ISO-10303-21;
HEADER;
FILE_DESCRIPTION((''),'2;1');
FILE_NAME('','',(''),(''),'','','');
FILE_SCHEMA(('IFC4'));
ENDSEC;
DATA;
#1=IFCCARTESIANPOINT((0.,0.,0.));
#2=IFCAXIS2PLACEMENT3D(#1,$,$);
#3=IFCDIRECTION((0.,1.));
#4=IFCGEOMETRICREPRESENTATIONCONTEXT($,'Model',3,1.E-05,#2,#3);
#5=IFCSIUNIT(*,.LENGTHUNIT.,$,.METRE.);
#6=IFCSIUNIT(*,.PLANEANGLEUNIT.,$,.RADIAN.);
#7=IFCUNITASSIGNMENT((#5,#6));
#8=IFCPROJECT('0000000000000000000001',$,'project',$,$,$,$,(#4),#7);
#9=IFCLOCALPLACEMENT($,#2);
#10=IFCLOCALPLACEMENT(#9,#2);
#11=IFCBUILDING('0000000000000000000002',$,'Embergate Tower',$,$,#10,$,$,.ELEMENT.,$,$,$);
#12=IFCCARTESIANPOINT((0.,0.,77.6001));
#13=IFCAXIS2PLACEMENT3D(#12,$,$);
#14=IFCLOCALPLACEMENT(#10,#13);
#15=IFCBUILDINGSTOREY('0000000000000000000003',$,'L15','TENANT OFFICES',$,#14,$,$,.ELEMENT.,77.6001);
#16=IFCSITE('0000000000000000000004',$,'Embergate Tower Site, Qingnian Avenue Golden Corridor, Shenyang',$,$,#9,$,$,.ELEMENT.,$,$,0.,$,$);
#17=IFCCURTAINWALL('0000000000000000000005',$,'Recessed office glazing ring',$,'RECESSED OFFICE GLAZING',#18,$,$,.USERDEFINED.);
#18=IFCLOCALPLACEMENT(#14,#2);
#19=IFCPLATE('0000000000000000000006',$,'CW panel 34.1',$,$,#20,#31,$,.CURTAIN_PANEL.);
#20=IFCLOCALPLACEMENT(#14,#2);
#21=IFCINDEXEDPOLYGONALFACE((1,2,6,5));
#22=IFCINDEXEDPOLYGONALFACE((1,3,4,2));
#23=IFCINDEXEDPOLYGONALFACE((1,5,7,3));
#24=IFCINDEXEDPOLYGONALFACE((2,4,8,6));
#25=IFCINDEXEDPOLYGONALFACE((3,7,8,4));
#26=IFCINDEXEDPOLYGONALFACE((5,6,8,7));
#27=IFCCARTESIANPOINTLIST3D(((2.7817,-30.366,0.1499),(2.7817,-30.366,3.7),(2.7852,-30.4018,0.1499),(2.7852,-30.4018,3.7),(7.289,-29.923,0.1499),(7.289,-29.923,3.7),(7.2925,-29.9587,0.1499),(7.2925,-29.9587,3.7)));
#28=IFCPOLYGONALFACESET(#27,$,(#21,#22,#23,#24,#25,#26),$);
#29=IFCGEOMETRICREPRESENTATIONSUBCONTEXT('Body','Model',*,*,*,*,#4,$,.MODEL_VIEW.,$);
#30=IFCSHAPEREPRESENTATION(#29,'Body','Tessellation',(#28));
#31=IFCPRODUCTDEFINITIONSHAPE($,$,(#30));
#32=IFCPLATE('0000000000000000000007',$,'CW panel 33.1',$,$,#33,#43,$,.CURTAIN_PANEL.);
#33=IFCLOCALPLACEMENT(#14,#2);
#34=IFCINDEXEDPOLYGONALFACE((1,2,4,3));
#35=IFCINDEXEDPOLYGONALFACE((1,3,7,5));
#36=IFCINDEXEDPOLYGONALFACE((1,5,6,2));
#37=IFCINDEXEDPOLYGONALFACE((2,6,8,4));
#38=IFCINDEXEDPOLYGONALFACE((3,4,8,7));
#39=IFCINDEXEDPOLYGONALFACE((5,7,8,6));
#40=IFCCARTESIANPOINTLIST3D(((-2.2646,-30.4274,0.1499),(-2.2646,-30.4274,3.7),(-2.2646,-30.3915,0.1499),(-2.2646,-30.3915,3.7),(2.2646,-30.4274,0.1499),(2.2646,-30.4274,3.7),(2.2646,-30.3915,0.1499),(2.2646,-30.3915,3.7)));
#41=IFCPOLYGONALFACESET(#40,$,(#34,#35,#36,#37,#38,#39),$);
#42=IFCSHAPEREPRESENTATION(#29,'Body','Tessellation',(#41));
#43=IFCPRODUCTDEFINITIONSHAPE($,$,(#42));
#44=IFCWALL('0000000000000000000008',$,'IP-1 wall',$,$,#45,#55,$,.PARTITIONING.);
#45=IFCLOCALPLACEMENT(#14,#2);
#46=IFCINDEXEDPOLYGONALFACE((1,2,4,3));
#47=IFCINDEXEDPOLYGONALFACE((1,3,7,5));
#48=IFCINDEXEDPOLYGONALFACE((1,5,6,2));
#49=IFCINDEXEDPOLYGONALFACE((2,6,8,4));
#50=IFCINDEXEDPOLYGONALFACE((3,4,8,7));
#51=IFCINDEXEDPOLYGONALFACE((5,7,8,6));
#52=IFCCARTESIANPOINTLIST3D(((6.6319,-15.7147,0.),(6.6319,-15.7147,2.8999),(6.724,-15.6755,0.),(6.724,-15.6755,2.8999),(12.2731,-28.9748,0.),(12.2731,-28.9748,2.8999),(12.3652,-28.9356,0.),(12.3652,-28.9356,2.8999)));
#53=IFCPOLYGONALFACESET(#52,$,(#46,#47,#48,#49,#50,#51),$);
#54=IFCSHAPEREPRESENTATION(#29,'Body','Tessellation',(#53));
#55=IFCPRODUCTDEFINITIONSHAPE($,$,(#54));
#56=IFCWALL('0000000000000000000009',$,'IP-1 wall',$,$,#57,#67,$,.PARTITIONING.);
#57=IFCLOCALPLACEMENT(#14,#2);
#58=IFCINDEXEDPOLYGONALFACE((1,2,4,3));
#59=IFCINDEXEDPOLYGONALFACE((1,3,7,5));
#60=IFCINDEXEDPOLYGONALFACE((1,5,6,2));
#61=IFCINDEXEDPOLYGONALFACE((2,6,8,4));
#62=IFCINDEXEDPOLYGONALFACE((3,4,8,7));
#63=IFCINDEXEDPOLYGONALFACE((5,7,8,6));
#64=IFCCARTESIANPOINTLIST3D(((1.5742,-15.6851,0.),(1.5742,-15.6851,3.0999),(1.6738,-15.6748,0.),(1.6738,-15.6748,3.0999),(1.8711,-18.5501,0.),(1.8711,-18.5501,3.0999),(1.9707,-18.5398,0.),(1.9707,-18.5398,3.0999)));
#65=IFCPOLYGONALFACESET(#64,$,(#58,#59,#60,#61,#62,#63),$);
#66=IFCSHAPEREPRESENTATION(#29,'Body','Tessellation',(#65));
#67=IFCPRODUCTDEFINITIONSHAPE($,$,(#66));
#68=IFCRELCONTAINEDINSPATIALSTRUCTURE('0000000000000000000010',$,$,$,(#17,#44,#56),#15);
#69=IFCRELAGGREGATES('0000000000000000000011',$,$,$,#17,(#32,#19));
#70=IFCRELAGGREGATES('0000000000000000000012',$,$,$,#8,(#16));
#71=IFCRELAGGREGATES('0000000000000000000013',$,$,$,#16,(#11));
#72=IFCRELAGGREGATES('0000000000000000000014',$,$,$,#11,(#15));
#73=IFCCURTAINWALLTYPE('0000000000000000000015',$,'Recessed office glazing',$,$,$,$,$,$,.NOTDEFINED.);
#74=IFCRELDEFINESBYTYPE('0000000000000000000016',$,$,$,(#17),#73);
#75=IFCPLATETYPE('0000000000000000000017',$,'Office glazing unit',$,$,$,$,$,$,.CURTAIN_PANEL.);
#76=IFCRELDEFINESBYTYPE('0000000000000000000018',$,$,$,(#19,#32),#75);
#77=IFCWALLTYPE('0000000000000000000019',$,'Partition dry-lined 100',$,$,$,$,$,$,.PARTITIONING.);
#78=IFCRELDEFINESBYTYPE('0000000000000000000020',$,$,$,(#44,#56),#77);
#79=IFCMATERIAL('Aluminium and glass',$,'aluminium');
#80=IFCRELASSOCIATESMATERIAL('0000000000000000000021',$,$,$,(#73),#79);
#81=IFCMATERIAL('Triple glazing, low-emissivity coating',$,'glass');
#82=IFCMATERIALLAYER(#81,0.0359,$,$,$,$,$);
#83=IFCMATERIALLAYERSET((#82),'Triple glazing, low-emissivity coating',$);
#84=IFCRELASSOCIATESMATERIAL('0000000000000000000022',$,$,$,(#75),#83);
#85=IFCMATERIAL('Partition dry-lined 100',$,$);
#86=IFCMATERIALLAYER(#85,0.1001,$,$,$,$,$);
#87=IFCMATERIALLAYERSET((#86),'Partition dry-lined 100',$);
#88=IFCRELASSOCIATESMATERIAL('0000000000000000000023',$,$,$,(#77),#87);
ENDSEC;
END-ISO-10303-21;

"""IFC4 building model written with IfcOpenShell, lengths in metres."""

from ifc_helpers import new_model, si_unit, direction, frame, frame_2d, origin, origin_2d, place, context, subcontext, project, spatial, rectangle, extrude, source, transform, mapped, material, layer, layer_set, type_object, element, aggregate, save


model = new_model("IFC4")

# Units and contexts
model_context = context("Model", 3, precision=1e-05, world=origin(), true_north=direction((0.0, 1.0)))
body_context = subcontext(model_context, "Body", "Model", "MODEL_VIEW")
ifc_project = project(units=[si_unit("LENGTHUNIT", "METRE"), si_unit("PLANEANGLEUNIT", "RADIAN")], contexts=[model_context])

# Site, building, storey
site_placement = place(None, origin())
site = spatial("IfcSite", under=ifc_project, at=site_placement, Name="Embergate Tower Site, Qingnian Avenue Golden Corridor, Shenyang", CompositionType="ELEMENT", RefElevation=0.0)
building_placement = place(site_placement, origin())
building = spatial("IfcBuilding", under=site, at=building_placement, Name="Embergate Tower", CompositionType="ELEMENT")
storey_placement = place(building_placement, frame((0.0, 0.0, 77.6001)))
storey = spatial("IfcBuildingStorey", under=building, at=storey_placement, Name="L15", Description="TENANT OFFICES", CompositionType="ELEMENT", Elevation=77.6001)

# Curtain wall, plates
ifc_material_1 = material(Name="Aluminium and glass", Category="aluminium")
curtain_wall_type = type_object("IfcCurtainWallType", Name="Recessed office glazing", PredefinedType="NOTDEFINED", material=ifc_material_1)
curtain_wall_placement = place(storey_placement, origin())
curtain_wall = element("IfcCurtainWall", 1, at=curtain_wall_placement, inside=storey, type_object=curtain_wall_type, Name="Recessed office glazing ring", ObjectType="RECESSED OFFICE GLAZING", PredefinedType="USERDEFINED")
ifc_material_2 = material(Name="Triple glazing, low-emissivity coating", Category="glass")
ifc_layer_1 = layer(ifc_material_2, 0.0359)
ifc_layer_set_1 = layer_set([ifc_layer_1], Name="Triple glazing, low-emissivity coating")
plate_type = type_object("IfcPlateType", Name="Office glazing unit", PredefinedType="CURTAIN_PANEL", material=ifc_layer_set_1)
shared_shape_1 = source(origin(), body_context, "Body", "SweptSolid", [
    extrude(rectangle(XDim=4.5291, YDim=0.0359, at=origin_2d()), origin(), (0.0, 0.0, 1.0), 3.55),
])
plate_1_placement = place(storey_placement, frame((5.0371, -30.1624, 0.1499), z_axis=(0.0, 0.0, 1.0), x_axis=(0.995203, 0.097831, 0.0)))
plate_1 = element("IfcPlate", 2, at=plate_1_placement, type_object=plate_type, Name="CW panel 34.1", PredefinedType="CURTAIN_PANEL", context=body_context, shape_type="MappedRepresentation", body=[
    mapped(shared_shape_1, transform((0.0, 0.0, 0.0))),
])
shared_shape_2 = source(origin(), body_context, "Body", "SweptSolid", [
    extrude(rectangle(XDim=4.5293, YDim=0.0359, at=origin_2d()), origin(), (0.0, 0.0, 1.0), 3.55),
])
plate_2_placement = place(storey_placement, frame((0.0, -30.4094, 0.1499), z_axis=(0.0, 0.0, 1.0), x_axis=(1.0, 0.0, 0.0)))
plate_2 = element("IfcPlate", 3, at=plate_2_placement, type_object=plate_type, Name="CW panel 33.1", PredefinedType="CURTAIN_PANEL", context=body_context, shape_type="MappedRepresentation", body=[
    mapped(shared_shape_2, transform((0.0, 0.0, 0.0))),
])
aggregate(curtain_wall, [plate_2, plate_1])

# Walls
ifc_material_3 = material(Name="Partition dry-lined 100")
ifc_layer_2 = layer(ifc_material_3, 0.1001)
ifc_layer_set_2 = layer_set([ifc_layer_2], Name="Partition dry-lined 100")
wall_type = type_object("IfcWallType", Name="Partition dry-lined 100", PredefinedType="PARTITIONING", material=ifc_layer_set_2)
shared_shape_3 = source(origin(), body_context, "Body", "SweptSolid", [
    extrude(rectangle(XDim=14.4102, YDim=0.1001, at=frame_2d((7.2051, 0.0))), origin(), (0.0, 0.0, 1.0), 2.8999),
])
wall_1_placement = place(storey_placement, frame((6.678, -15.6951, 0.0), z_axis=(0.0, 0.0, 1.0), x_axis=(0.39147, -0.920191, 0.0)))
element("IfcWall", 4, at=wall_1_placement, inside=storey, type_object=wall_type, Name="IP-1 wall", PredefinedType="PARTITIONING", context=body_context, shape_type="MappedRepresentation", body=[
    mapped(shared_shape_3, transform((0.0, 0.0, 0.0))),
])
shared_shape_4 = source(origin(), body_context, "Body", "SweptSolid", [
    extrude(rectangle(XDim=2.8804, YDim=0.1001, at=frame_2d((1.4402, 0.0))), origin(), (0.0, 0.0, 1.0), 3.0999),
])
wall_2_placement = place(storey_placement, frame((1.624, -15.6799, 0.0), z_axis=(0.0, 0.0, 1.0), x_axis=(0.10307, -0.994674, 0.0)))
element("IfcWall", 5, at=wall_2_placement, inside=storey, type_object=wall_type, Name="IP-1 wall", PredefinedType="PARTITIONING", context=body_context, shape_type="MappedRepresentation", body=[
    mapped(shared_shape_4, transform((0.0, 0.0, 0.0))),
])

save(model, "model.ifc")
